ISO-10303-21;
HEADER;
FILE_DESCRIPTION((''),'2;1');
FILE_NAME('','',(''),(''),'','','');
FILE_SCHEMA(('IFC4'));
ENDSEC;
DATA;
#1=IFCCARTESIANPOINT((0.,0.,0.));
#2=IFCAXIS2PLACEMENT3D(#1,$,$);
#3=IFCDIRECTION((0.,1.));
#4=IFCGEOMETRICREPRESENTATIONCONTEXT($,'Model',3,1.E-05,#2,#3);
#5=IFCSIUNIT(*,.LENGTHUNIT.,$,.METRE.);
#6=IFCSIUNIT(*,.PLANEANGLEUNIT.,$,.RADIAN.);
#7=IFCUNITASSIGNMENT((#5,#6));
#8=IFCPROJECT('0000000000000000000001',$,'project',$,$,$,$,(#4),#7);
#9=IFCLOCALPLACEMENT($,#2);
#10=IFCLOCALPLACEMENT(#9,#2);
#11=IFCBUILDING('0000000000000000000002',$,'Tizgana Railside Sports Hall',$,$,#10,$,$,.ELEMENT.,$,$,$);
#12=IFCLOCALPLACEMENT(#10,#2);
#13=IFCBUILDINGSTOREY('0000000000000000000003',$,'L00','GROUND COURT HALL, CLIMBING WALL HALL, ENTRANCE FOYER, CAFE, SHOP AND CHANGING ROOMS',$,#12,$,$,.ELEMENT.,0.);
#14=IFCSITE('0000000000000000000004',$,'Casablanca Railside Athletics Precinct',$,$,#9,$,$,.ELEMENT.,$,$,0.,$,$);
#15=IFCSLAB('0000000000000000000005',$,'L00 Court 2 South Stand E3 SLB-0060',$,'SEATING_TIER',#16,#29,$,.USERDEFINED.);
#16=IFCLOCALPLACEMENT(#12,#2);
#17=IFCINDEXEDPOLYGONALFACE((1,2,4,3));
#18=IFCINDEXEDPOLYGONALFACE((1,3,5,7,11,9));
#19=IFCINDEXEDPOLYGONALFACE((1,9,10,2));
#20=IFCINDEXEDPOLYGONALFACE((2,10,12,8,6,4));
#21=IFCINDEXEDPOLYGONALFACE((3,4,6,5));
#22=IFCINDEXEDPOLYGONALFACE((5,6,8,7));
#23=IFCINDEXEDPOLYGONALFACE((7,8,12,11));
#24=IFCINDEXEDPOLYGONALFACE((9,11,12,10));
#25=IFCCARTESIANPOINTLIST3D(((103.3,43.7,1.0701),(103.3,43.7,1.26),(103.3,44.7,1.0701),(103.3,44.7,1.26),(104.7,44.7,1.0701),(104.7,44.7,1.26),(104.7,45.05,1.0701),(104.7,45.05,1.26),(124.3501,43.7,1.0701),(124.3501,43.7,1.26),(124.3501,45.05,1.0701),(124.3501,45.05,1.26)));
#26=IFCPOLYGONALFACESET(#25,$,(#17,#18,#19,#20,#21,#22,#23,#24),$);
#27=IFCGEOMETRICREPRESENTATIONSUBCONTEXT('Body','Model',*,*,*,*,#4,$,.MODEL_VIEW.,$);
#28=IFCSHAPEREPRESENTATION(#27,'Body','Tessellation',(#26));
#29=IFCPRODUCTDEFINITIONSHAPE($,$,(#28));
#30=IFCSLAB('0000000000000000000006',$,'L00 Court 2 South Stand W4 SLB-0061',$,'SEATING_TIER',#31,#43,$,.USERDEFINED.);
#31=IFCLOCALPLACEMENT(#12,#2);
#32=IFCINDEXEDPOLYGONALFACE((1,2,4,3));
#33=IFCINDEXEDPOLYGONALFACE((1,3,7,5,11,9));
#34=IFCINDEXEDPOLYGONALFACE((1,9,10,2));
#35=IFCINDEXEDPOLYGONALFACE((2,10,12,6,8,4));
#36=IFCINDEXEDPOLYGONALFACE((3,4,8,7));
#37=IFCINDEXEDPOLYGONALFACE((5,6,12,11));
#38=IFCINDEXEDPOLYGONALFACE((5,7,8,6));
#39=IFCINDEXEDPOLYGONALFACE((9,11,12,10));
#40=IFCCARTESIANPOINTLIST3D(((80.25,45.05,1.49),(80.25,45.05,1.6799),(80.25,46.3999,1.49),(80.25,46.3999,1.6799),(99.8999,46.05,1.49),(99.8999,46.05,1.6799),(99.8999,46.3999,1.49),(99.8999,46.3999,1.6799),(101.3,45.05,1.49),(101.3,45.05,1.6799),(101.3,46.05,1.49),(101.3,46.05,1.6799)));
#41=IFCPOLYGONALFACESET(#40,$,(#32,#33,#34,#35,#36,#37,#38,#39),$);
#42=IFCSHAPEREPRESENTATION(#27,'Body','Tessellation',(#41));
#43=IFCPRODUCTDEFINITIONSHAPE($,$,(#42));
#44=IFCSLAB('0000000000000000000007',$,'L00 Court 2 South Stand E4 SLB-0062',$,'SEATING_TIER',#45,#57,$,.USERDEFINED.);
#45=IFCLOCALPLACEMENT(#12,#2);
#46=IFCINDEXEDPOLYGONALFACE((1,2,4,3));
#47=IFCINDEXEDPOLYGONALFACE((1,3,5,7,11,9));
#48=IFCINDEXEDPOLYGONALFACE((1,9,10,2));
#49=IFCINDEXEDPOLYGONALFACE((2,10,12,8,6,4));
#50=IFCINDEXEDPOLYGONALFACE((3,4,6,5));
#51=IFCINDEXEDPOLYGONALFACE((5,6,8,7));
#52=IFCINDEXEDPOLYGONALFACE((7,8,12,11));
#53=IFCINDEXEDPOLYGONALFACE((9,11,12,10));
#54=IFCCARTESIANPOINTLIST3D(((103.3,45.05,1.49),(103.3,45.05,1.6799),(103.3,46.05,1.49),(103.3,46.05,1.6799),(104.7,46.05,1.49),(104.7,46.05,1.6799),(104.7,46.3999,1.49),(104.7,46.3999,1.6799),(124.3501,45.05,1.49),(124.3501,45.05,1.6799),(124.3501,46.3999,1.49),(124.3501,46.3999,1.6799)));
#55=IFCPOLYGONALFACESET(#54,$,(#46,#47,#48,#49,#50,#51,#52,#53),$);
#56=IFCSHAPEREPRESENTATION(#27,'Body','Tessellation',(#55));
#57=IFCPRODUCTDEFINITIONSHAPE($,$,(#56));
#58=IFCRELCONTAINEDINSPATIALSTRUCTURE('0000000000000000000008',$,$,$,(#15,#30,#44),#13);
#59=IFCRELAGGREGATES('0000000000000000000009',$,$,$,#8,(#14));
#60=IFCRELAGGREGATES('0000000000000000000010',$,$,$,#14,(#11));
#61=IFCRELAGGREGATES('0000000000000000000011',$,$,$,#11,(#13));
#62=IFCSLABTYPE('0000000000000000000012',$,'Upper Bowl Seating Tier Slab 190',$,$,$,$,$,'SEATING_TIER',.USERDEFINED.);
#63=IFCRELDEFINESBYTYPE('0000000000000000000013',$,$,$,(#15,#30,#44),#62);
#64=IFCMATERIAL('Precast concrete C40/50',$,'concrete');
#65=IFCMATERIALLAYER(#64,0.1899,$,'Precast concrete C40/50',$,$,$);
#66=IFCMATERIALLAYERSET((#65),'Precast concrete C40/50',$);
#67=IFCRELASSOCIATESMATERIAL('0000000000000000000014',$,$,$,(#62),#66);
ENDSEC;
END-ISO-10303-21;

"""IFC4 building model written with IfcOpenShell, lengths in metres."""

from ifc_helpers import new_model, si_unit, direction, frame, origin, place, context, subcontext, project, spatial, polyline, outline, extrude, material, layer, layer_set, type_object, element, save


model = new_model("IFC4")

# Units and contexts
model_context = context("Model", 3, precision=1e-05, world=origin(), true_north=direction((0.0, 1.0)))
body_context = subcontext(model_context, "Body", "Model", "MODEL_VIEW")
ifc_project = project(units=[si_unit("LENGTHUNIT", "METRE"), si_unit("PLANEANGLEUNIT", "RADIAN")], contexts=[model_context])

# Site, building, storey
site_placement = place(None, origin())
site = spatial("IfcSite", under=ifc_project, at=site_placement, Name="Casablanca Railside Athletics Precinct", CompositionType="ELEMENT", RefElevation=0.0)
building_placement = place(site_placement, origin())
building = spatial("IfcBuilding", under=site, at=building_placement, Name="Tizgana Railside Sports Hall", CompositionType="ELEMENT")
storey_placement = place(building_placement, origin())
storey = spatial("IfcBuildingStorey", under=building, at=storey_placement, Name="L00", Description="GROUND COURT HALL, CLIMBING WALL HALL, ENTRANCE FOYER, CAFE, SHOP AND CHANGING ROOMS", CompositionType="ELEMENT", Elevation=0.0)

# Slabs
ifc_material_1 = material(Name="Precast concrete C40/50", Category="concrete")
ifc_layer_1 = layer(ifc_material_1, 0.1899, Name="Precast concrete C40/50")
ifc_layer_set_1 = layer_set([ifc_layer_1], Name="Precast concrete C40/50")
slab_type_1 = type_object("IfcSlabType", Name="Upper Bowl Seating Tier Slab 190", ElementType="SEATING_TIER", PredefinedType="USERDEFINED", material=ifc_layer_set_1)
slab_1_placement = place(storey_placement, frame((0.0, 0.0, 1.0701)))
element("IfcSlab", 1, at=slab_1_placement, inside=storey, type_object=slab_type_1, Name="L00 Court 2 South Stand E3 SLB-0060", ObjectType="SEATING_TIER", PredefinedType="USERDEFINED", context=body_context, shape_type="SweptSolid", body=[
    extrude(outline(polyline([(103.3, 43.7), (124.3501, 43.7), (124.3501, 45.05), (104.7, 45.05), (104.7, 44.7), (103.3, 44.7), (103.3, 43.7)])), origin(), (0.0, 0.0, 1.0), 0.1899),
])
slab_2_placement = place(storey_placement, frame((0.0, 0.0, 1.49)))
element("IfcSlab", 2, at=slab_2_placement, inside=storey, type_object=slab_type_1, Name="L00 Court 2 South Stand W4 SLB-0061", ObjectType="SEATING_TIER", PredefinedType="USERDEFINED", context=body_context, shape_type="SweptSolid", body=[
    extrude(outline(polyline([(80.25, 45.05), (101.3, 45.05), (101.3, 46.05), (99.8999, 46.05), (99.8999, 46.3999), (80.25, 46.3999), (80.25, 45.05)])), origin(), (0.0, 0.0, 1.0), 0.1899),
])
slab_3_placement = place(storey_placement, frame((0.0, 0.0, 1.49)))
element("IfcSlab", 3, at=slab_3_placement, inside=storey, type_object=slab_type_1, Name="L00 Court 2 South Stand E4 SLB-0062", ObjectType="SEATING_TIER", PredefinedType="USERDEFINED", context=body_context, shape_type="SweptSolid", body=[
    extrude(outline(polyline([(103.3, 45.05), (124.3501, 45.05), (124.3501, 46.3999), (104.7, 46.3999), (104.7, 46.05), (103.3, 46.05), (103.3, 45.05)])), origin(), (0.0, 0.0, 1.0), 0.1899),
])

save(model, "model.ifc")
